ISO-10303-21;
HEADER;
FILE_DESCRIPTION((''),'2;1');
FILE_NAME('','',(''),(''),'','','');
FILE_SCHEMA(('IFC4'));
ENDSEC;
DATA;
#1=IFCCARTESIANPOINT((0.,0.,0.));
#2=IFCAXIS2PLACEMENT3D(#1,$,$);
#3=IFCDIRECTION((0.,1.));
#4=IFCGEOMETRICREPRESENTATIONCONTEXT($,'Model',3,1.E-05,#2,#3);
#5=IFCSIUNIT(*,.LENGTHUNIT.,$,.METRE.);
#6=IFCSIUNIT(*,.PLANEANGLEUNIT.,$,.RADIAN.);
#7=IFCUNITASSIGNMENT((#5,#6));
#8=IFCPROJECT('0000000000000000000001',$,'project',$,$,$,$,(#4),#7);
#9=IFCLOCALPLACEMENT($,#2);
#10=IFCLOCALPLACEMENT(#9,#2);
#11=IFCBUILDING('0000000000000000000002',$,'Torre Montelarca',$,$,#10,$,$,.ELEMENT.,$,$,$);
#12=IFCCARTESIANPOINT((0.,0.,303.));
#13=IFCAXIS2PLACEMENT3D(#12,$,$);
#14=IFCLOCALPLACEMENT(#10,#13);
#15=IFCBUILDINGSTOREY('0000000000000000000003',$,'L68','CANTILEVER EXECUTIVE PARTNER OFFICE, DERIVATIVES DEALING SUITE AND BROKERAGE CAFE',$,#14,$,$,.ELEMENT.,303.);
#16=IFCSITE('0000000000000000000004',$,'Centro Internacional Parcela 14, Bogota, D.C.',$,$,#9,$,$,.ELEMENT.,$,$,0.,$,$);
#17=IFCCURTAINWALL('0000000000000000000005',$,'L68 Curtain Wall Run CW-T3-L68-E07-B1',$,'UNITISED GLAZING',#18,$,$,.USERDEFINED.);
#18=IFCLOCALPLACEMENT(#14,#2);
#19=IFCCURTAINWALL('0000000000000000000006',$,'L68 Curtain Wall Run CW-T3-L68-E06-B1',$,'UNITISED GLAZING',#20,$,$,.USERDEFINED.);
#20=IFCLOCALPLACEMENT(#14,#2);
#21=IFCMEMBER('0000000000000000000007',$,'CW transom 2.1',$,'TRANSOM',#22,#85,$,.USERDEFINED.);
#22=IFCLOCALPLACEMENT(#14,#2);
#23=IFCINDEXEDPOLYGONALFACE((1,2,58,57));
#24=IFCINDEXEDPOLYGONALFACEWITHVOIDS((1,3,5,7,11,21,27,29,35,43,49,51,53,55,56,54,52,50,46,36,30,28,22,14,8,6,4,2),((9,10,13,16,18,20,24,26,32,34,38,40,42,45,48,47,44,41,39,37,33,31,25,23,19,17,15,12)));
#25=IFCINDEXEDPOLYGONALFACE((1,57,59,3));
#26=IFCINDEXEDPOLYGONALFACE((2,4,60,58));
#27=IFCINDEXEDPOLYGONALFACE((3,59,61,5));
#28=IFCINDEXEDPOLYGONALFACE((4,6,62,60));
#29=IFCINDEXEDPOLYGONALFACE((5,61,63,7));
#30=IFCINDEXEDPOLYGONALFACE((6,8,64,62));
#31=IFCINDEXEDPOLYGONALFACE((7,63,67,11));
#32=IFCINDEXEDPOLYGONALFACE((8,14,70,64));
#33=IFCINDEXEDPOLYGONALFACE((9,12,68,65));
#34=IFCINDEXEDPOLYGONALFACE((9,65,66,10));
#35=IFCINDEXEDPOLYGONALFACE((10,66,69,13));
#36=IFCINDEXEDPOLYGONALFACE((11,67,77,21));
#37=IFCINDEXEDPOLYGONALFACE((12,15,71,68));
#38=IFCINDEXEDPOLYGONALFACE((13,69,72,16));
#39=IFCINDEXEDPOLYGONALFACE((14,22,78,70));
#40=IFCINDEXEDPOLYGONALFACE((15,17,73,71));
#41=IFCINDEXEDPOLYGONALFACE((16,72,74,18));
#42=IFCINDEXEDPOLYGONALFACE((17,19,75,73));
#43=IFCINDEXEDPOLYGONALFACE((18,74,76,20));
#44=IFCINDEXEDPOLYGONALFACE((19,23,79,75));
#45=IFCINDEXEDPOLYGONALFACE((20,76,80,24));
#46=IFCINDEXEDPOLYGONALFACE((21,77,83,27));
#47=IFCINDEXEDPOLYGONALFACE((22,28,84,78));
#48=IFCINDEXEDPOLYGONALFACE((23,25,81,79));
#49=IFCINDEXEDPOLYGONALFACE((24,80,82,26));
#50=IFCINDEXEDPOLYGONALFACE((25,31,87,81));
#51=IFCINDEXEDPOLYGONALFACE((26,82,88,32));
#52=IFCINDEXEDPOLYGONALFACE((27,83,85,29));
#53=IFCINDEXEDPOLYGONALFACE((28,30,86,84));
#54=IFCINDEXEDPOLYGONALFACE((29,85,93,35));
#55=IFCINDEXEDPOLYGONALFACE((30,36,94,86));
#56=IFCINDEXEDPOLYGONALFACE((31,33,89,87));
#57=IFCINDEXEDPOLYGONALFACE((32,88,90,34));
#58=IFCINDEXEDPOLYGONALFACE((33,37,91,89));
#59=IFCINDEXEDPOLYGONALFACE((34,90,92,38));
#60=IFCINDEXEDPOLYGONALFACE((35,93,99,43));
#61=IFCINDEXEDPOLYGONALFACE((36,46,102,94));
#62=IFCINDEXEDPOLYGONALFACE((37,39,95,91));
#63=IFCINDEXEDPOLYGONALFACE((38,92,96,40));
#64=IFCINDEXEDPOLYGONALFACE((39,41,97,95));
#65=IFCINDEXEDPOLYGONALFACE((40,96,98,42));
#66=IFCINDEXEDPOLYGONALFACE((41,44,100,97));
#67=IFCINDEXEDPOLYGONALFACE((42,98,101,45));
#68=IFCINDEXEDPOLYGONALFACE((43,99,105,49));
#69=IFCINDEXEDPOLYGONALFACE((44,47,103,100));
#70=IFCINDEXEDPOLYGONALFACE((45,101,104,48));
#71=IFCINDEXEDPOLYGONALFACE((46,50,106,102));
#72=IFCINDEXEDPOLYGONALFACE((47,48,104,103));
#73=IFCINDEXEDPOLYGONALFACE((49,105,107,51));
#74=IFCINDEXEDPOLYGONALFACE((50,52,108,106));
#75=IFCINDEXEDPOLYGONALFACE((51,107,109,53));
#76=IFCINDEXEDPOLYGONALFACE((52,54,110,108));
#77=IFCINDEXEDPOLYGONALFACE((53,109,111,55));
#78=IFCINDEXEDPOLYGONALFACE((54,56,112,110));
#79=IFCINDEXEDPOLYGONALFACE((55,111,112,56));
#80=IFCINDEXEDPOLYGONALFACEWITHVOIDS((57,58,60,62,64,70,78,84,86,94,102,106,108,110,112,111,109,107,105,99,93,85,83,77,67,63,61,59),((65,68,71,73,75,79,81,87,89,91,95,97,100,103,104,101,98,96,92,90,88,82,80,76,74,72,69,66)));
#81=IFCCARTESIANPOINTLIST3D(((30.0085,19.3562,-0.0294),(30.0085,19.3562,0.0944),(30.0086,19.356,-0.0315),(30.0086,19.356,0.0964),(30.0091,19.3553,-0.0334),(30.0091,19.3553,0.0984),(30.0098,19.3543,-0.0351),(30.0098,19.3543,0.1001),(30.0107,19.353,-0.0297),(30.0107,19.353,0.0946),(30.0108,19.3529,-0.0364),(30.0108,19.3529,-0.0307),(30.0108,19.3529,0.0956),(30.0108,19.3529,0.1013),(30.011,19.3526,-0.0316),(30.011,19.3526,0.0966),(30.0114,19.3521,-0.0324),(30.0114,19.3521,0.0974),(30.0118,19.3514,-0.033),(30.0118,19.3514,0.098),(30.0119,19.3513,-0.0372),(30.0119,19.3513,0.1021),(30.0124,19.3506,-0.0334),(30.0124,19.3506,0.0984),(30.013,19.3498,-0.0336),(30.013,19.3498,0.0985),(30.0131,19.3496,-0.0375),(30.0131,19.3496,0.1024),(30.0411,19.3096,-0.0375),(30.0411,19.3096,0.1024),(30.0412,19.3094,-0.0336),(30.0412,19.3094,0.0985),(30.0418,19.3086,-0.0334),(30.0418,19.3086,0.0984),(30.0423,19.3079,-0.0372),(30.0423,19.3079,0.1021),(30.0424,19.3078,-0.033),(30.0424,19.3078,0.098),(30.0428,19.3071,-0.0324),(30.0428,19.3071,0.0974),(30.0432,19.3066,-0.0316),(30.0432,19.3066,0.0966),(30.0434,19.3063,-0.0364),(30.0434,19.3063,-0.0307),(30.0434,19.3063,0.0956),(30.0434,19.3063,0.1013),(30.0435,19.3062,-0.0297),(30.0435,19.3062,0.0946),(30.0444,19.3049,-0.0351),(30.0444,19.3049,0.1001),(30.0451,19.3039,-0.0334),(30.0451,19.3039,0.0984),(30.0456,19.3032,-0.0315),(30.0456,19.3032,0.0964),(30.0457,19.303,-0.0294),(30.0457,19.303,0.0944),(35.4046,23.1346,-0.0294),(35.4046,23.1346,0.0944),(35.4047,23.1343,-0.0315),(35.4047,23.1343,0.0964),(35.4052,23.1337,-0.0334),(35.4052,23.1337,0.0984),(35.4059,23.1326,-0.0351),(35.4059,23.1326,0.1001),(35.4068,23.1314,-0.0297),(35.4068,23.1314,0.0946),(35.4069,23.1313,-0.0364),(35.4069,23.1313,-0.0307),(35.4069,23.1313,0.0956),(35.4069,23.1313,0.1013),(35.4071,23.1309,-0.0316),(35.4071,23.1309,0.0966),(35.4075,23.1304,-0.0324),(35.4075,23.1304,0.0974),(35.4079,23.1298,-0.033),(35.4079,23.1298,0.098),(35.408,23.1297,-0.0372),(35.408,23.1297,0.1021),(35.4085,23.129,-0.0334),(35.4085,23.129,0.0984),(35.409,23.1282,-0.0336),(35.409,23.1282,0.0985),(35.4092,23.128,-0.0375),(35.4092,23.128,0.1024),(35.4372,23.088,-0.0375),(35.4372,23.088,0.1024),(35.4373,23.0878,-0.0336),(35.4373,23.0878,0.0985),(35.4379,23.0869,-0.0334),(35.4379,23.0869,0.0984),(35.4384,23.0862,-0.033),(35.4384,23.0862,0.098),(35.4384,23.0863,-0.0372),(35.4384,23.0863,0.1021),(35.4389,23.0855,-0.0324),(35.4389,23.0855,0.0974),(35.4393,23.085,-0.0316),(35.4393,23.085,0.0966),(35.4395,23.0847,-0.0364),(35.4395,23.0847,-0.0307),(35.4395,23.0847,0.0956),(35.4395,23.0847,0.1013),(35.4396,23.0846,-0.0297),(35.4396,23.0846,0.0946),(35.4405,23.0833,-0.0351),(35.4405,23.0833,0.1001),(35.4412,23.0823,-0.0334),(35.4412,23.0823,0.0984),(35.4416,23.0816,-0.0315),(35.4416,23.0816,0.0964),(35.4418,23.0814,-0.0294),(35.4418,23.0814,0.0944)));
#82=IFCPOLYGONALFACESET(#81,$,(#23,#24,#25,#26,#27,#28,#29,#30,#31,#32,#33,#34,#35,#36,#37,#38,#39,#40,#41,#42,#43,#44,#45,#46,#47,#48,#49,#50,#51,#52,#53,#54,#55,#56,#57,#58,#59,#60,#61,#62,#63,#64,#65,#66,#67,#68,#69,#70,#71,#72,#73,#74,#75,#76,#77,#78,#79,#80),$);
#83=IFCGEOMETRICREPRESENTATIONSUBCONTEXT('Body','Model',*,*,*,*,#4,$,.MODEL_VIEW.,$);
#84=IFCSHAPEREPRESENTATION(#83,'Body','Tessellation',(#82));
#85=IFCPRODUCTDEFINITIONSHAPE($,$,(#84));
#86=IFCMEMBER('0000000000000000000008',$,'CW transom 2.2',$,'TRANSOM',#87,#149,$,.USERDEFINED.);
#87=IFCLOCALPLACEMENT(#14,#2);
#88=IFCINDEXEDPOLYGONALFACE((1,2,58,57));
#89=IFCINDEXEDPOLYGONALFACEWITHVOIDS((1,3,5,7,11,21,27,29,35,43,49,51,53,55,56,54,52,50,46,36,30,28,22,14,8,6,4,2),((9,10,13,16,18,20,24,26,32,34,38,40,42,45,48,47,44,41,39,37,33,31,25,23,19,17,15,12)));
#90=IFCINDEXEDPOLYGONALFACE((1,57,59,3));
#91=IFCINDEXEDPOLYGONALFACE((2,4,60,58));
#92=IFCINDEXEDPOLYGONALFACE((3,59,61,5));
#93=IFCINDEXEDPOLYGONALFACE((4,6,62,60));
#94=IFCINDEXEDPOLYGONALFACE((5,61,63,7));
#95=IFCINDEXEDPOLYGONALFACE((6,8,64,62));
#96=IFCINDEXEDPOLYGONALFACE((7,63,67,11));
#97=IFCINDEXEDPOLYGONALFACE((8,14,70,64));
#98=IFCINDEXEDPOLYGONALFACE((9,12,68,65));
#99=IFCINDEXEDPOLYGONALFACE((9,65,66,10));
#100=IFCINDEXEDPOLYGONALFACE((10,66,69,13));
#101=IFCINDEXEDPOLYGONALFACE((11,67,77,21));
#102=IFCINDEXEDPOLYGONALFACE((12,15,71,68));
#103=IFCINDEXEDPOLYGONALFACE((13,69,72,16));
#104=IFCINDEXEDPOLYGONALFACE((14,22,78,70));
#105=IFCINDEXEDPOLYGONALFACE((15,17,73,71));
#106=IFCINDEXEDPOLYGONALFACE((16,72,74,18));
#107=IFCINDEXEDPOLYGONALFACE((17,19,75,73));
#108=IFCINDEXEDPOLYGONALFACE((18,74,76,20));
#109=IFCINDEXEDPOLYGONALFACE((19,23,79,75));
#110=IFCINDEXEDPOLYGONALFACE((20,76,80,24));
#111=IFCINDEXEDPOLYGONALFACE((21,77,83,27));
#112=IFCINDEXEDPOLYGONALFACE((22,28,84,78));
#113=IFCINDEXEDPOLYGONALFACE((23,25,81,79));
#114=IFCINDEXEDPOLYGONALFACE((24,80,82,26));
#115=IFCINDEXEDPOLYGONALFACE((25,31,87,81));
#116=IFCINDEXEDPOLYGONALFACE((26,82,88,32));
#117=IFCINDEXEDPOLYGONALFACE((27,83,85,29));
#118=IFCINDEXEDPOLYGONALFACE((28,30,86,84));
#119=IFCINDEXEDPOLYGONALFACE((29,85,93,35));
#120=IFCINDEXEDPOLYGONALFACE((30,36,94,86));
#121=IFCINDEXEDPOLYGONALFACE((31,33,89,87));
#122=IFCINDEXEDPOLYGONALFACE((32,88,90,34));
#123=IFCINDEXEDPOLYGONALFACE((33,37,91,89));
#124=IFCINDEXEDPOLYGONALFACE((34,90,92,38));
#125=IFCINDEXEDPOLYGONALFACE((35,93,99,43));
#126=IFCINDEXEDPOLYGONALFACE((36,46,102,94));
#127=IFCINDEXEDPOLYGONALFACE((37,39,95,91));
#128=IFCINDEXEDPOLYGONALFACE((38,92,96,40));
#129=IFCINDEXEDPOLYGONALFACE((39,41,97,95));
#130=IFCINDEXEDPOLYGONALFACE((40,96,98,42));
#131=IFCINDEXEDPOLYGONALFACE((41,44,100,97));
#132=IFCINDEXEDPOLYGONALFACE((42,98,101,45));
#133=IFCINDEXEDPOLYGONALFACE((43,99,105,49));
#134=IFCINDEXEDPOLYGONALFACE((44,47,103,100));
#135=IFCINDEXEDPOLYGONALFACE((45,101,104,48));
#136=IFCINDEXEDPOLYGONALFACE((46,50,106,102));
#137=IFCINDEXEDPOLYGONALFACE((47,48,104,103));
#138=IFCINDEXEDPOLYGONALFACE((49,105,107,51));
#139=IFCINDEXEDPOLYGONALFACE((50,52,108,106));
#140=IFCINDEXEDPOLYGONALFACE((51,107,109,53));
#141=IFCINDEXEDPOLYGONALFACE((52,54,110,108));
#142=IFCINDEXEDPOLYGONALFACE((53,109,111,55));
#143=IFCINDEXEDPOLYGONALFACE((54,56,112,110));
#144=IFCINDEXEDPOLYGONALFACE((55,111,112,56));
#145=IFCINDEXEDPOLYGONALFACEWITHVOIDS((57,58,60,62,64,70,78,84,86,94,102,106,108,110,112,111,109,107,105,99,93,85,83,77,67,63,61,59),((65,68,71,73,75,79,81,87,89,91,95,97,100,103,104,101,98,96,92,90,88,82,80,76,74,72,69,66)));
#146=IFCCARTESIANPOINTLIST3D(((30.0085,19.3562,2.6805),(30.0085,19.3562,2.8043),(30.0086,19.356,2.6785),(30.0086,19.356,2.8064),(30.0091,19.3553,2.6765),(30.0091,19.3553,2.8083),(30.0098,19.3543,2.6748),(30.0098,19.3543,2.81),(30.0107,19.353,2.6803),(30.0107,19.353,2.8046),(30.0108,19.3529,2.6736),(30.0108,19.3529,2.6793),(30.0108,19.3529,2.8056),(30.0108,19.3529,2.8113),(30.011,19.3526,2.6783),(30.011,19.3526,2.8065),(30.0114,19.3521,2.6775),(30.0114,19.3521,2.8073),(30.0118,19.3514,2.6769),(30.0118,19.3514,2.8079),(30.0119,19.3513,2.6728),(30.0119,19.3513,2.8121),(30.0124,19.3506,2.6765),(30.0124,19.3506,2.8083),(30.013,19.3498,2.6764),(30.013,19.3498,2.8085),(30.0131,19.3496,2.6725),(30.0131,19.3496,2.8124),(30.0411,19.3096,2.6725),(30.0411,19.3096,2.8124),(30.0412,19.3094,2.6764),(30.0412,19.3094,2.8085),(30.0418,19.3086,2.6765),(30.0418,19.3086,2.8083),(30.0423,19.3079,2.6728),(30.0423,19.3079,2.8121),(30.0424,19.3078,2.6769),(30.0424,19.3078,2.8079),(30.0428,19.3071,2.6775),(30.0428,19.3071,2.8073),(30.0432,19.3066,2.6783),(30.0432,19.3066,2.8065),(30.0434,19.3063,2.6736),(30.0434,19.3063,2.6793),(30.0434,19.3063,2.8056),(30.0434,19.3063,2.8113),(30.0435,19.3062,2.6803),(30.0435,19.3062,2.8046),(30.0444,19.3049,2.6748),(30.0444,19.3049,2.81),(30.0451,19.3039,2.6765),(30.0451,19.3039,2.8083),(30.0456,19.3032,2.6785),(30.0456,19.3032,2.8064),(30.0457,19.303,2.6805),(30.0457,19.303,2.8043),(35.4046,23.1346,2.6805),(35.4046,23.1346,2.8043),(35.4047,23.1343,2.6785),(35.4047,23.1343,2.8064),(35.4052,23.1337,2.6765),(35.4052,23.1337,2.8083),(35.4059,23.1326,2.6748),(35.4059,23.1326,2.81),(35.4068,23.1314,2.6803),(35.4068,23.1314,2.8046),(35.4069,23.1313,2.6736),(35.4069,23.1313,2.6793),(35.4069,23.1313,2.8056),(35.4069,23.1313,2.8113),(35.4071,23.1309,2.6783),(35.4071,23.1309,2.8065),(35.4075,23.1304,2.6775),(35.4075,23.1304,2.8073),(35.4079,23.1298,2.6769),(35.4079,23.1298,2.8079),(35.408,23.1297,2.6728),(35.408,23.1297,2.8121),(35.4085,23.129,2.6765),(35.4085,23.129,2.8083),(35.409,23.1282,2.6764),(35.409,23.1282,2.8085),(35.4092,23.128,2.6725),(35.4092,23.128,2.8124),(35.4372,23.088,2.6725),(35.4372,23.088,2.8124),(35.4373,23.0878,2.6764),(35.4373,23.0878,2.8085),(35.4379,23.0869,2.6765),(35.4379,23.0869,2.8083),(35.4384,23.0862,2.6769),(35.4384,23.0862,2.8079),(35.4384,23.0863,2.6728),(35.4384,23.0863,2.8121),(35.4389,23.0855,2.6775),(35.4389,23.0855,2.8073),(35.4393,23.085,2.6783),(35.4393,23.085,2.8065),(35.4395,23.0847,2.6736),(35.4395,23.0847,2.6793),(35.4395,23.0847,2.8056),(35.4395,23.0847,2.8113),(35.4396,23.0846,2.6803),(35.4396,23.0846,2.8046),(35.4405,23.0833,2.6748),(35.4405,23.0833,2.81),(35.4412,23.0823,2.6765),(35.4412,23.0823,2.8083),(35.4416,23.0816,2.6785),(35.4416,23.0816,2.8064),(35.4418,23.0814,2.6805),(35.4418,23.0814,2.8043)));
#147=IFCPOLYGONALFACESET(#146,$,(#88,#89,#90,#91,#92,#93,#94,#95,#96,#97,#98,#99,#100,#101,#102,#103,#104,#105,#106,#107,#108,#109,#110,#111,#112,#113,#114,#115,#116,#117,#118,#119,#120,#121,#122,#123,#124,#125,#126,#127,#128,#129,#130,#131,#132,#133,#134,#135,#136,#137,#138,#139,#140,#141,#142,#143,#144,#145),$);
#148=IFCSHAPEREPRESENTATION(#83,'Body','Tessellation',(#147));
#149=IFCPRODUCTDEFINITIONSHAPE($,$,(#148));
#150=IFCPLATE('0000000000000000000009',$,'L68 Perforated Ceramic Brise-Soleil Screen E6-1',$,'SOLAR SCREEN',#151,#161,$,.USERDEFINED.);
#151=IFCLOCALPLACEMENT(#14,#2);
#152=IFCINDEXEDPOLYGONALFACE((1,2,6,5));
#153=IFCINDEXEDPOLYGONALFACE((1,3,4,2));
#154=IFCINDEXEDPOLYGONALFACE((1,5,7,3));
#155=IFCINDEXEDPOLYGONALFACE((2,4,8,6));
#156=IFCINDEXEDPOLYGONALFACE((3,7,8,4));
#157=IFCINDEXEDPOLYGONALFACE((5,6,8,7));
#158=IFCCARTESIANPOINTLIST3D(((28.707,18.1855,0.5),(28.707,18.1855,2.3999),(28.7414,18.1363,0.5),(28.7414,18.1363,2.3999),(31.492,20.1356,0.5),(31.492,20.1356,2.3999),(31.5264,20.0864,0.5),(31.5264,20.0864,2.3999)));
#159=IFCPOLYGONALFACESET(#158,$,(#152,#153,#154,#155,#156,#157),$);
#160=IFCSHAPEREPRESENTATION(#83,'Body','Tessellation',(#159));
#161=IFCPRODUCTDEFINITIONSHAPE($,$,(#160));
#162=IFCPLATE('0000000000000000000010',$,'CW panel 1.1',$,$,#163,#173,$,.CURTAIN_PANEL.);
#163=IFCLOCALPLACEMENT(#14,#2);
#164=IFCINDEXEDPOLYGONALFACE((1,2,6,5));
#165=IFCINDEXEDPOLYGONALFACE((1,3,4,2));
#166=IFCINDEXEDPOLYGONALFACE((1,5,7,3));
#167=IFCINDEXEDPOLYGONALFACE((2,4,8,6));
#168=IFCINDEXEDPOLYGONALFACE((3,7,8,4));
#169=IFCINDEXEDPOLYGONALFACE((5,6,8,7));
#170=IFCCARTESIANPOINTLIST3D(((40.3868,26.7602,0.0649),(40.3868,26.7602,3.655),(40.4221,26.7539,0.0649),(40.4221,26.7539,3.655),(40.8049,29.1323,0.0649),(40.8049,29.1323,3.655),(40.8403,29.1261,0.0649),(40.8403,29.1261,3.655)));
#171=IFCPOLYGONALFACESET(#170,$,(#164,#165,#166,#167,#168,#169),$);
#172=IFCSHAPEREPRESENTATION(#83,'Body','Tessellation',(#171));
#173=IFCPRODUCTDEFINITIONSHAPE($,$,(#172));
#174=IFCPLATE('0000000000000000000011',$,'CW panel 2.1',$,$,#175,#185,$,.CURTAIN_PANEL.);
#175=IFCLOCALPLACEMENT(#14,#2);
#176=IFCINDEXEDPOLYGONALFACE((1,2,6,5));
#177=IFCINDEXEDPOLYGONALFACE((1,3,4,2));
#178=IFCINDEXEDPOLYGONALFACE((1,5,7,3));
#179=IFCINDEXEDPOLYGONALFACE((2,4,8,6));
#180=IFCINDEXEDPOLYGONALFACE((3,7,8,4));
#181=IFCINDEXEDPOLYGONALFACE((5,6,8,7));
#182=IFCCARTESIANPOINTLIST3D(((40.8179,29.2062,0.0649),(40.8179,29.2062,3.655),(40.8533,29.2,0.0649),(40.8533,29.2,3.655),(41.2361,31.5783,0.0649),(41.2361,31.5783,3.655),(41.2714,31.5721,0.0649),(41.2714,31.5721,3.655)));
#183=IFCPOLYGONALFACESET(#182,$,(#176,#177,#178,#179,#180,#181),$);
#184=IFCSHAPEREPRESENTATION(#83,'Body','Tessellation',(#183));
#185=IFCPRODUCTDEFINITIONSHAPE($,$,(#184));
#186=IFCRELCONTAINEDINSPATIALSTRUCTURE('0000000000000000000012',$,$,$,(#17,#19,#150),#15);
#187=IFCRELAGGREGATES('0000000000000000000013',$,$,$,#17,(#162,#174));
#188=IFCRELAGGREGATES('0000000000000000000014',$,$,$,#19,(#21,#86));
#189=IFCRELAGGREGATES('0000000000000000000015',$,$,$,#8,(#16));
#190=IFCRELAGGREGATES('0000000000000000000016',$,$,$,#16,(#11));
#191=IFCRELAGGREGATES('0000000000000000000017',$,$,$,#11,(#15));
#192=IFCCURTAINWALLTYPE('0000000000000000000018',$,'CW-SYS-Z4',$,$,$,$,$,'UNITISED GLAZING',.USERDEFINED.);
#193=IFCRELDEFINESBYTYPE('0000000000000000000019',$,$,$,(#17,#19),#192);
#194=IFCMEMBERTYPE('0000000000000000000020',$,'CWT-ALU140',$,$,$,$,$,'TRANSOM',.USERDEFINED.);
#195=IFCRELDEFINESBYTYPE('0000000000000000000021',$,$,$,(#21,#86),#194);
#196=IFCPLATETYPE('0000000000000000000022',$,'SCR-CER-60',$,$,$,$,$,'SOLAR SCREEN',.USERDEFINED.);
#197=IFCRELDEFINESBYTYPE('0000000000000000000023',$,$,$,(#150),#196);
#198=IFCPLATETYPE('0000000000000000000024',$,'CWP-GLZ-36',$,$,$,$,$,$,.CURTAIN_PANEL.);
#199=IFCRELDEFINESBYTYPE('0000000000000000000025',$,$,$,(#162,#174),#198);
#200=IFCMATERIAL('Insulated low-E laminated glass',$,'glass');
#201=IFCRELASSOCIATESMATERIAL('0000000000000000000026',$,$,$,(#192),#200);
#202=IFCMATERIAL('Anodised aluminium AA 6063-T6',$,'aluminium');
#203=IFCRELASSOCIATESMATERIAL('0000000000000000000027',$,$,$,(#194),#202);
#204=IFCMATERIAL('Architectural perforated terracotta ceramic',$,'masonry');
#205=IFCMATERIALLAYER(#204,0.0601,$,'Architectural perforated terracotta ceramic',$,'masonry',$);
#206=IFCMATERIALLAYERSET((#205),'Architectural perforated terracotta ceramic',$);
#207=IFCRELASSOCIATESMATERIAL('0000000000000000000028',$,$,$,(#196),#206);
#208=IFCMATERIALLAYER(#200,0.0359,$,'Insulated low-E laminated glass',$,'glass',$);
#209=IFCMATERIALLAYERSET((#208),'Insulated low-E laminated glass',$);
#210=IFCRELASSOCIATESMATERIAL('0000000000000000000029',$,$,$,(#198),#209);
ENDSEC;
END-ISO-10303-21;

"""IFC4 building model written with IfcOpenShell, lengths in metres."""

from ifc_helpers import new_model, si_unit, direction, frame, origin, origin_2d, place, context, subcontext, project, spatial, rectangle, hollow_rectangle, extrude, source, transform, mapped, material, layer, layer_set, material_profile, profile_set, type_object, element, aggregate, save


model = new_model("IFC4")

# Units and contexts
model_context = context("Model", 3, precision=1e-05, world=origin(), true_north=direction((0.0, 1.0)))
body_context = subcontext(model_context, "Body", "Model", "MODEL_VIEW")
ifc_project = project(units=[si_unit("LENGTHUNIT", "METRE"), si_unit("PLANEANGLEUNIT", "RADIAN")], contexts=[model_context])

# Site, building, storey
site_placement = place(None, origin())
site = spatial("IfcSite", under=ifc_project, at=site_placement, Name="Centro Internacional Parcela 14, Bogota, D.C.", CompositionType="ELEMENT", RefElevation=0.0)
building_placement = place(site_placement, origin())
building = spatial("IfcBuilding", under=site, at=building_placement, Name="Torre Montelarca", CompositionType="ELEMENT")
storey_placement = place(building_placement, frame((0.0, 0.0, 303.0)))
storey = spatial("IfcBuildingStorey", under=building, at=storey_placement, Name="L68", Description="CANTILEVER EXECUTIVE PARTNER OFFICE, DERIVATIVES DEALING SUITE AND BROKERAGE CAFE", CompositionType="ELEMENT", Elevation=303.0)

# Curtain walls
ifc_material_1 = material(Name="Insulated low-E laminated glass", Category="glass")
curtain_wall_type = type_object("IfcCurtainWallType", Name="CW-SYS-Z4", ElementType="UNITISED GLAZING", PredefinedType="USERDEFINED", material=ifc_material_1)
curtain_wall_1_placement = place(storey_placement, origin())
curtain_wall_1 = element("IfcCurtainWall", 1, at=curtain_wall_1_placement, inside=storey, type_object=curtain_wall_type, Name="L68 Curtain Wall Run CW-T3-L68-E07-B1", ObjectType="UNITISED GLAZING", PredefinedType="USERDEFINED")
ifc_material_2 = material(Name="Anodised aluminium AA 6063-T6", Category="aluminium")
curtain_wall_2_placement = place(storey_placement, origin())
curtain_wall_2 = element("IfcCurtainWall", 2, at=curtain_wall_2_placement, inside=storey, type_object=curtain_wall_type, Name="L68 Curtain Wall Run CW-T3-L68-E06-B1", ObjectType="UNITISED GLAZING", PredefinedType="USERDEFINED")

# Members
ifc_material_profile_1 = material_profile(ifc_material_2, hollow_rectangle(XDim=0.0649, YDim=0.1399, WallThickness=0.0039, InnerFilletRadius=0.0039, OuterFilletRadius=0.0081, at=origin_2d()), Name="ALU65X140X4", Category="aluminium")
ifc_profile_set_1 = profile_set([ifc_material_profile_1], Name="Anodised aluminium AA 6063-T6")
member_type_1 = type_object("IfcMemberType", Name="CWT-ALU140", ElementType="TRANSOM", PredefinedType="USERDEFINED", material=ifc_profile_set_1)
shared_shape_1 = source(origin(), body_context, "Body", "SweptSolid", [
    extrude(hollow_rectangle(XDim=0.0649, YDim=0.1399, WallThickness=0.0039, InnerFilletRadius=0.0039, OuterFilletRadius=0.0081, at=origin_2d()), origin(), (0.0, 0.0, 1.0), 6.5874),
])
member_1_placement = place(storey_placement, frame((30.0271, 19.3296, 0.0325), z_axis=(0.819152, 0.573577, 0.0), x_axis=(-0.573577, 0.819152, 0.0)))
member_1 = element("IfcMember", 3, at=member_1_placement, type_object=member_type_1, Name="CW transom 2.1", ObjectType="TRANSOM", PredefinedType="USERDEFINED", context=body_context, shape_type="MappedRepresentation", body=[
    mapped(shared_shape_1, transform((0.0, 0.0, 0.0), scale=1.0)),
])
member_2_placement = place(storey_placement, frame((30.0271, 19.3296, 2.7424), z_axis=(0.819152, 0.573577, 0.0), x_axis=(-0.573577, 0.819152, 0.0)))
member_2 = element("IfcMember", 4, at=member_2_placement, type_object=member_type_1, Name="CW transom 2.2", ObjectType="TRANSOM", PredefinedType="USERDEFINED", context=body_context, shape_type="MappedRepresentation", body=[
    mapped(shared_shape_1, transform((0.0, 0.0, 0.0), scale=1.0)),
])

# Plates
ifc_material_3 = material(Name="Architectural perforated terracotta ceramic", Category="masonry")
ifc_layer_1 = layer(ifc_material_3, 0.0601, Name="Architectural perforated terracotta ceramic", Category="masonry")
ifc_layer_set_1 = layer_set([ifc_layer_1], Name="Architectural perforated terracotta ceramic")
plate_type_1 = type_object("IfcPlateType", Name="SCR-CER-60", ElementType="SOLAR SCREEN", PredefinedType="USERDEFINED", material=ifc_layer_set_1)
shared_shape_2 = source(origin(), body_context, "Body", "SweptSolid", [
    extrude(rectangle(XDim=3.3999, YDim=0.0601, at=origin_2d()), origin(), (0.0, 0.0, 1.0), 1.8999),
])
plate_1_placement = place(storey_placement, frame((30.1167, 19.136, 0.5), z_axis=(0.0, 0.0, 1.0), x_axis=(0.819154, 0.573574, 0.0)))
element("IfcPlate", 5, at=plate_1_placement, inside=storey, type_object=plate_type_1, Name="L68 Perforated Ceramic Brise-Soleil Screen E6-1", ObjectType="SOLAR SCREEN", PredefinedType="USERDEFINED", context=body_context, shape_type="MappedRepresentation", body=[
    mapped(shared_shape_2, transform((0.0, 0.0, 0.0), scale=1.0)),
])
ifc_layer_2 = layer(ifc_material_1, 0.0359, Name="Insulated low-E laminated glass", Category="glass")
ifc_layer_set_2 = layer_set([ifc_layer_2], Name="Insulated low-E laminated glass")
plate_type_2 = type_object("IfcPlateType", Name="CWP-GLZ-36", PredefinedType="CURTAIN_PANEL", material=ifc_layer_set_2)
shared_shape_3 = source(origin(), body_context, "Body", "SweptSolid", [
    extrude(rectangle(XDim=2.4087, YDim=0.0359, at=origin_2d()), origin(), (0.0, 0.0, 1.0), 3.5901),
])
plate_2_placement = place(storey_placement, frame((40.6135, 27.9431, 0.0649), z_axis=(0.0, 0.0, 1.0), x_axis=(0.173612, 0.984814, 0.0)))
plate_2 = element("IfcPlate", 6, at=plate_2_placement, type_object=plate_type_2, Name="CW panel 1.1", PredefinedType="CURTAIN_PANEL", context=body_context, shape_type="MappedRepresentation", body=[
    mapped(shared_shape_3, transform((0.0, 0.0, 0.0), scale=1.0)),
])
plate_3_placement = place(storey_placement, frame((41.0447, 30.3892, 0.0649), z_axis=(0.0, 0.0, 1.0), x_axis=(0.173612, 0.984814, 0.0)))
plate_3 = element("IfcPlate", 7, at=plate_3_placement, type_object=plate_type_2, Name="CW panel 2.1", PredefinedType="CURTAIN_PANEL", context=body_context, shape_type="MappedRepresentation", body=[
    mapped(shared_shape_3, transform((0.0, 0.0, 0.0), scale=1.0)),
])
aggregate(curtain_wall_1, [plate_2, plate_3])
aggregate(curtain_wall_2, [member_1, member_2])

save(model, "model.ifc")
